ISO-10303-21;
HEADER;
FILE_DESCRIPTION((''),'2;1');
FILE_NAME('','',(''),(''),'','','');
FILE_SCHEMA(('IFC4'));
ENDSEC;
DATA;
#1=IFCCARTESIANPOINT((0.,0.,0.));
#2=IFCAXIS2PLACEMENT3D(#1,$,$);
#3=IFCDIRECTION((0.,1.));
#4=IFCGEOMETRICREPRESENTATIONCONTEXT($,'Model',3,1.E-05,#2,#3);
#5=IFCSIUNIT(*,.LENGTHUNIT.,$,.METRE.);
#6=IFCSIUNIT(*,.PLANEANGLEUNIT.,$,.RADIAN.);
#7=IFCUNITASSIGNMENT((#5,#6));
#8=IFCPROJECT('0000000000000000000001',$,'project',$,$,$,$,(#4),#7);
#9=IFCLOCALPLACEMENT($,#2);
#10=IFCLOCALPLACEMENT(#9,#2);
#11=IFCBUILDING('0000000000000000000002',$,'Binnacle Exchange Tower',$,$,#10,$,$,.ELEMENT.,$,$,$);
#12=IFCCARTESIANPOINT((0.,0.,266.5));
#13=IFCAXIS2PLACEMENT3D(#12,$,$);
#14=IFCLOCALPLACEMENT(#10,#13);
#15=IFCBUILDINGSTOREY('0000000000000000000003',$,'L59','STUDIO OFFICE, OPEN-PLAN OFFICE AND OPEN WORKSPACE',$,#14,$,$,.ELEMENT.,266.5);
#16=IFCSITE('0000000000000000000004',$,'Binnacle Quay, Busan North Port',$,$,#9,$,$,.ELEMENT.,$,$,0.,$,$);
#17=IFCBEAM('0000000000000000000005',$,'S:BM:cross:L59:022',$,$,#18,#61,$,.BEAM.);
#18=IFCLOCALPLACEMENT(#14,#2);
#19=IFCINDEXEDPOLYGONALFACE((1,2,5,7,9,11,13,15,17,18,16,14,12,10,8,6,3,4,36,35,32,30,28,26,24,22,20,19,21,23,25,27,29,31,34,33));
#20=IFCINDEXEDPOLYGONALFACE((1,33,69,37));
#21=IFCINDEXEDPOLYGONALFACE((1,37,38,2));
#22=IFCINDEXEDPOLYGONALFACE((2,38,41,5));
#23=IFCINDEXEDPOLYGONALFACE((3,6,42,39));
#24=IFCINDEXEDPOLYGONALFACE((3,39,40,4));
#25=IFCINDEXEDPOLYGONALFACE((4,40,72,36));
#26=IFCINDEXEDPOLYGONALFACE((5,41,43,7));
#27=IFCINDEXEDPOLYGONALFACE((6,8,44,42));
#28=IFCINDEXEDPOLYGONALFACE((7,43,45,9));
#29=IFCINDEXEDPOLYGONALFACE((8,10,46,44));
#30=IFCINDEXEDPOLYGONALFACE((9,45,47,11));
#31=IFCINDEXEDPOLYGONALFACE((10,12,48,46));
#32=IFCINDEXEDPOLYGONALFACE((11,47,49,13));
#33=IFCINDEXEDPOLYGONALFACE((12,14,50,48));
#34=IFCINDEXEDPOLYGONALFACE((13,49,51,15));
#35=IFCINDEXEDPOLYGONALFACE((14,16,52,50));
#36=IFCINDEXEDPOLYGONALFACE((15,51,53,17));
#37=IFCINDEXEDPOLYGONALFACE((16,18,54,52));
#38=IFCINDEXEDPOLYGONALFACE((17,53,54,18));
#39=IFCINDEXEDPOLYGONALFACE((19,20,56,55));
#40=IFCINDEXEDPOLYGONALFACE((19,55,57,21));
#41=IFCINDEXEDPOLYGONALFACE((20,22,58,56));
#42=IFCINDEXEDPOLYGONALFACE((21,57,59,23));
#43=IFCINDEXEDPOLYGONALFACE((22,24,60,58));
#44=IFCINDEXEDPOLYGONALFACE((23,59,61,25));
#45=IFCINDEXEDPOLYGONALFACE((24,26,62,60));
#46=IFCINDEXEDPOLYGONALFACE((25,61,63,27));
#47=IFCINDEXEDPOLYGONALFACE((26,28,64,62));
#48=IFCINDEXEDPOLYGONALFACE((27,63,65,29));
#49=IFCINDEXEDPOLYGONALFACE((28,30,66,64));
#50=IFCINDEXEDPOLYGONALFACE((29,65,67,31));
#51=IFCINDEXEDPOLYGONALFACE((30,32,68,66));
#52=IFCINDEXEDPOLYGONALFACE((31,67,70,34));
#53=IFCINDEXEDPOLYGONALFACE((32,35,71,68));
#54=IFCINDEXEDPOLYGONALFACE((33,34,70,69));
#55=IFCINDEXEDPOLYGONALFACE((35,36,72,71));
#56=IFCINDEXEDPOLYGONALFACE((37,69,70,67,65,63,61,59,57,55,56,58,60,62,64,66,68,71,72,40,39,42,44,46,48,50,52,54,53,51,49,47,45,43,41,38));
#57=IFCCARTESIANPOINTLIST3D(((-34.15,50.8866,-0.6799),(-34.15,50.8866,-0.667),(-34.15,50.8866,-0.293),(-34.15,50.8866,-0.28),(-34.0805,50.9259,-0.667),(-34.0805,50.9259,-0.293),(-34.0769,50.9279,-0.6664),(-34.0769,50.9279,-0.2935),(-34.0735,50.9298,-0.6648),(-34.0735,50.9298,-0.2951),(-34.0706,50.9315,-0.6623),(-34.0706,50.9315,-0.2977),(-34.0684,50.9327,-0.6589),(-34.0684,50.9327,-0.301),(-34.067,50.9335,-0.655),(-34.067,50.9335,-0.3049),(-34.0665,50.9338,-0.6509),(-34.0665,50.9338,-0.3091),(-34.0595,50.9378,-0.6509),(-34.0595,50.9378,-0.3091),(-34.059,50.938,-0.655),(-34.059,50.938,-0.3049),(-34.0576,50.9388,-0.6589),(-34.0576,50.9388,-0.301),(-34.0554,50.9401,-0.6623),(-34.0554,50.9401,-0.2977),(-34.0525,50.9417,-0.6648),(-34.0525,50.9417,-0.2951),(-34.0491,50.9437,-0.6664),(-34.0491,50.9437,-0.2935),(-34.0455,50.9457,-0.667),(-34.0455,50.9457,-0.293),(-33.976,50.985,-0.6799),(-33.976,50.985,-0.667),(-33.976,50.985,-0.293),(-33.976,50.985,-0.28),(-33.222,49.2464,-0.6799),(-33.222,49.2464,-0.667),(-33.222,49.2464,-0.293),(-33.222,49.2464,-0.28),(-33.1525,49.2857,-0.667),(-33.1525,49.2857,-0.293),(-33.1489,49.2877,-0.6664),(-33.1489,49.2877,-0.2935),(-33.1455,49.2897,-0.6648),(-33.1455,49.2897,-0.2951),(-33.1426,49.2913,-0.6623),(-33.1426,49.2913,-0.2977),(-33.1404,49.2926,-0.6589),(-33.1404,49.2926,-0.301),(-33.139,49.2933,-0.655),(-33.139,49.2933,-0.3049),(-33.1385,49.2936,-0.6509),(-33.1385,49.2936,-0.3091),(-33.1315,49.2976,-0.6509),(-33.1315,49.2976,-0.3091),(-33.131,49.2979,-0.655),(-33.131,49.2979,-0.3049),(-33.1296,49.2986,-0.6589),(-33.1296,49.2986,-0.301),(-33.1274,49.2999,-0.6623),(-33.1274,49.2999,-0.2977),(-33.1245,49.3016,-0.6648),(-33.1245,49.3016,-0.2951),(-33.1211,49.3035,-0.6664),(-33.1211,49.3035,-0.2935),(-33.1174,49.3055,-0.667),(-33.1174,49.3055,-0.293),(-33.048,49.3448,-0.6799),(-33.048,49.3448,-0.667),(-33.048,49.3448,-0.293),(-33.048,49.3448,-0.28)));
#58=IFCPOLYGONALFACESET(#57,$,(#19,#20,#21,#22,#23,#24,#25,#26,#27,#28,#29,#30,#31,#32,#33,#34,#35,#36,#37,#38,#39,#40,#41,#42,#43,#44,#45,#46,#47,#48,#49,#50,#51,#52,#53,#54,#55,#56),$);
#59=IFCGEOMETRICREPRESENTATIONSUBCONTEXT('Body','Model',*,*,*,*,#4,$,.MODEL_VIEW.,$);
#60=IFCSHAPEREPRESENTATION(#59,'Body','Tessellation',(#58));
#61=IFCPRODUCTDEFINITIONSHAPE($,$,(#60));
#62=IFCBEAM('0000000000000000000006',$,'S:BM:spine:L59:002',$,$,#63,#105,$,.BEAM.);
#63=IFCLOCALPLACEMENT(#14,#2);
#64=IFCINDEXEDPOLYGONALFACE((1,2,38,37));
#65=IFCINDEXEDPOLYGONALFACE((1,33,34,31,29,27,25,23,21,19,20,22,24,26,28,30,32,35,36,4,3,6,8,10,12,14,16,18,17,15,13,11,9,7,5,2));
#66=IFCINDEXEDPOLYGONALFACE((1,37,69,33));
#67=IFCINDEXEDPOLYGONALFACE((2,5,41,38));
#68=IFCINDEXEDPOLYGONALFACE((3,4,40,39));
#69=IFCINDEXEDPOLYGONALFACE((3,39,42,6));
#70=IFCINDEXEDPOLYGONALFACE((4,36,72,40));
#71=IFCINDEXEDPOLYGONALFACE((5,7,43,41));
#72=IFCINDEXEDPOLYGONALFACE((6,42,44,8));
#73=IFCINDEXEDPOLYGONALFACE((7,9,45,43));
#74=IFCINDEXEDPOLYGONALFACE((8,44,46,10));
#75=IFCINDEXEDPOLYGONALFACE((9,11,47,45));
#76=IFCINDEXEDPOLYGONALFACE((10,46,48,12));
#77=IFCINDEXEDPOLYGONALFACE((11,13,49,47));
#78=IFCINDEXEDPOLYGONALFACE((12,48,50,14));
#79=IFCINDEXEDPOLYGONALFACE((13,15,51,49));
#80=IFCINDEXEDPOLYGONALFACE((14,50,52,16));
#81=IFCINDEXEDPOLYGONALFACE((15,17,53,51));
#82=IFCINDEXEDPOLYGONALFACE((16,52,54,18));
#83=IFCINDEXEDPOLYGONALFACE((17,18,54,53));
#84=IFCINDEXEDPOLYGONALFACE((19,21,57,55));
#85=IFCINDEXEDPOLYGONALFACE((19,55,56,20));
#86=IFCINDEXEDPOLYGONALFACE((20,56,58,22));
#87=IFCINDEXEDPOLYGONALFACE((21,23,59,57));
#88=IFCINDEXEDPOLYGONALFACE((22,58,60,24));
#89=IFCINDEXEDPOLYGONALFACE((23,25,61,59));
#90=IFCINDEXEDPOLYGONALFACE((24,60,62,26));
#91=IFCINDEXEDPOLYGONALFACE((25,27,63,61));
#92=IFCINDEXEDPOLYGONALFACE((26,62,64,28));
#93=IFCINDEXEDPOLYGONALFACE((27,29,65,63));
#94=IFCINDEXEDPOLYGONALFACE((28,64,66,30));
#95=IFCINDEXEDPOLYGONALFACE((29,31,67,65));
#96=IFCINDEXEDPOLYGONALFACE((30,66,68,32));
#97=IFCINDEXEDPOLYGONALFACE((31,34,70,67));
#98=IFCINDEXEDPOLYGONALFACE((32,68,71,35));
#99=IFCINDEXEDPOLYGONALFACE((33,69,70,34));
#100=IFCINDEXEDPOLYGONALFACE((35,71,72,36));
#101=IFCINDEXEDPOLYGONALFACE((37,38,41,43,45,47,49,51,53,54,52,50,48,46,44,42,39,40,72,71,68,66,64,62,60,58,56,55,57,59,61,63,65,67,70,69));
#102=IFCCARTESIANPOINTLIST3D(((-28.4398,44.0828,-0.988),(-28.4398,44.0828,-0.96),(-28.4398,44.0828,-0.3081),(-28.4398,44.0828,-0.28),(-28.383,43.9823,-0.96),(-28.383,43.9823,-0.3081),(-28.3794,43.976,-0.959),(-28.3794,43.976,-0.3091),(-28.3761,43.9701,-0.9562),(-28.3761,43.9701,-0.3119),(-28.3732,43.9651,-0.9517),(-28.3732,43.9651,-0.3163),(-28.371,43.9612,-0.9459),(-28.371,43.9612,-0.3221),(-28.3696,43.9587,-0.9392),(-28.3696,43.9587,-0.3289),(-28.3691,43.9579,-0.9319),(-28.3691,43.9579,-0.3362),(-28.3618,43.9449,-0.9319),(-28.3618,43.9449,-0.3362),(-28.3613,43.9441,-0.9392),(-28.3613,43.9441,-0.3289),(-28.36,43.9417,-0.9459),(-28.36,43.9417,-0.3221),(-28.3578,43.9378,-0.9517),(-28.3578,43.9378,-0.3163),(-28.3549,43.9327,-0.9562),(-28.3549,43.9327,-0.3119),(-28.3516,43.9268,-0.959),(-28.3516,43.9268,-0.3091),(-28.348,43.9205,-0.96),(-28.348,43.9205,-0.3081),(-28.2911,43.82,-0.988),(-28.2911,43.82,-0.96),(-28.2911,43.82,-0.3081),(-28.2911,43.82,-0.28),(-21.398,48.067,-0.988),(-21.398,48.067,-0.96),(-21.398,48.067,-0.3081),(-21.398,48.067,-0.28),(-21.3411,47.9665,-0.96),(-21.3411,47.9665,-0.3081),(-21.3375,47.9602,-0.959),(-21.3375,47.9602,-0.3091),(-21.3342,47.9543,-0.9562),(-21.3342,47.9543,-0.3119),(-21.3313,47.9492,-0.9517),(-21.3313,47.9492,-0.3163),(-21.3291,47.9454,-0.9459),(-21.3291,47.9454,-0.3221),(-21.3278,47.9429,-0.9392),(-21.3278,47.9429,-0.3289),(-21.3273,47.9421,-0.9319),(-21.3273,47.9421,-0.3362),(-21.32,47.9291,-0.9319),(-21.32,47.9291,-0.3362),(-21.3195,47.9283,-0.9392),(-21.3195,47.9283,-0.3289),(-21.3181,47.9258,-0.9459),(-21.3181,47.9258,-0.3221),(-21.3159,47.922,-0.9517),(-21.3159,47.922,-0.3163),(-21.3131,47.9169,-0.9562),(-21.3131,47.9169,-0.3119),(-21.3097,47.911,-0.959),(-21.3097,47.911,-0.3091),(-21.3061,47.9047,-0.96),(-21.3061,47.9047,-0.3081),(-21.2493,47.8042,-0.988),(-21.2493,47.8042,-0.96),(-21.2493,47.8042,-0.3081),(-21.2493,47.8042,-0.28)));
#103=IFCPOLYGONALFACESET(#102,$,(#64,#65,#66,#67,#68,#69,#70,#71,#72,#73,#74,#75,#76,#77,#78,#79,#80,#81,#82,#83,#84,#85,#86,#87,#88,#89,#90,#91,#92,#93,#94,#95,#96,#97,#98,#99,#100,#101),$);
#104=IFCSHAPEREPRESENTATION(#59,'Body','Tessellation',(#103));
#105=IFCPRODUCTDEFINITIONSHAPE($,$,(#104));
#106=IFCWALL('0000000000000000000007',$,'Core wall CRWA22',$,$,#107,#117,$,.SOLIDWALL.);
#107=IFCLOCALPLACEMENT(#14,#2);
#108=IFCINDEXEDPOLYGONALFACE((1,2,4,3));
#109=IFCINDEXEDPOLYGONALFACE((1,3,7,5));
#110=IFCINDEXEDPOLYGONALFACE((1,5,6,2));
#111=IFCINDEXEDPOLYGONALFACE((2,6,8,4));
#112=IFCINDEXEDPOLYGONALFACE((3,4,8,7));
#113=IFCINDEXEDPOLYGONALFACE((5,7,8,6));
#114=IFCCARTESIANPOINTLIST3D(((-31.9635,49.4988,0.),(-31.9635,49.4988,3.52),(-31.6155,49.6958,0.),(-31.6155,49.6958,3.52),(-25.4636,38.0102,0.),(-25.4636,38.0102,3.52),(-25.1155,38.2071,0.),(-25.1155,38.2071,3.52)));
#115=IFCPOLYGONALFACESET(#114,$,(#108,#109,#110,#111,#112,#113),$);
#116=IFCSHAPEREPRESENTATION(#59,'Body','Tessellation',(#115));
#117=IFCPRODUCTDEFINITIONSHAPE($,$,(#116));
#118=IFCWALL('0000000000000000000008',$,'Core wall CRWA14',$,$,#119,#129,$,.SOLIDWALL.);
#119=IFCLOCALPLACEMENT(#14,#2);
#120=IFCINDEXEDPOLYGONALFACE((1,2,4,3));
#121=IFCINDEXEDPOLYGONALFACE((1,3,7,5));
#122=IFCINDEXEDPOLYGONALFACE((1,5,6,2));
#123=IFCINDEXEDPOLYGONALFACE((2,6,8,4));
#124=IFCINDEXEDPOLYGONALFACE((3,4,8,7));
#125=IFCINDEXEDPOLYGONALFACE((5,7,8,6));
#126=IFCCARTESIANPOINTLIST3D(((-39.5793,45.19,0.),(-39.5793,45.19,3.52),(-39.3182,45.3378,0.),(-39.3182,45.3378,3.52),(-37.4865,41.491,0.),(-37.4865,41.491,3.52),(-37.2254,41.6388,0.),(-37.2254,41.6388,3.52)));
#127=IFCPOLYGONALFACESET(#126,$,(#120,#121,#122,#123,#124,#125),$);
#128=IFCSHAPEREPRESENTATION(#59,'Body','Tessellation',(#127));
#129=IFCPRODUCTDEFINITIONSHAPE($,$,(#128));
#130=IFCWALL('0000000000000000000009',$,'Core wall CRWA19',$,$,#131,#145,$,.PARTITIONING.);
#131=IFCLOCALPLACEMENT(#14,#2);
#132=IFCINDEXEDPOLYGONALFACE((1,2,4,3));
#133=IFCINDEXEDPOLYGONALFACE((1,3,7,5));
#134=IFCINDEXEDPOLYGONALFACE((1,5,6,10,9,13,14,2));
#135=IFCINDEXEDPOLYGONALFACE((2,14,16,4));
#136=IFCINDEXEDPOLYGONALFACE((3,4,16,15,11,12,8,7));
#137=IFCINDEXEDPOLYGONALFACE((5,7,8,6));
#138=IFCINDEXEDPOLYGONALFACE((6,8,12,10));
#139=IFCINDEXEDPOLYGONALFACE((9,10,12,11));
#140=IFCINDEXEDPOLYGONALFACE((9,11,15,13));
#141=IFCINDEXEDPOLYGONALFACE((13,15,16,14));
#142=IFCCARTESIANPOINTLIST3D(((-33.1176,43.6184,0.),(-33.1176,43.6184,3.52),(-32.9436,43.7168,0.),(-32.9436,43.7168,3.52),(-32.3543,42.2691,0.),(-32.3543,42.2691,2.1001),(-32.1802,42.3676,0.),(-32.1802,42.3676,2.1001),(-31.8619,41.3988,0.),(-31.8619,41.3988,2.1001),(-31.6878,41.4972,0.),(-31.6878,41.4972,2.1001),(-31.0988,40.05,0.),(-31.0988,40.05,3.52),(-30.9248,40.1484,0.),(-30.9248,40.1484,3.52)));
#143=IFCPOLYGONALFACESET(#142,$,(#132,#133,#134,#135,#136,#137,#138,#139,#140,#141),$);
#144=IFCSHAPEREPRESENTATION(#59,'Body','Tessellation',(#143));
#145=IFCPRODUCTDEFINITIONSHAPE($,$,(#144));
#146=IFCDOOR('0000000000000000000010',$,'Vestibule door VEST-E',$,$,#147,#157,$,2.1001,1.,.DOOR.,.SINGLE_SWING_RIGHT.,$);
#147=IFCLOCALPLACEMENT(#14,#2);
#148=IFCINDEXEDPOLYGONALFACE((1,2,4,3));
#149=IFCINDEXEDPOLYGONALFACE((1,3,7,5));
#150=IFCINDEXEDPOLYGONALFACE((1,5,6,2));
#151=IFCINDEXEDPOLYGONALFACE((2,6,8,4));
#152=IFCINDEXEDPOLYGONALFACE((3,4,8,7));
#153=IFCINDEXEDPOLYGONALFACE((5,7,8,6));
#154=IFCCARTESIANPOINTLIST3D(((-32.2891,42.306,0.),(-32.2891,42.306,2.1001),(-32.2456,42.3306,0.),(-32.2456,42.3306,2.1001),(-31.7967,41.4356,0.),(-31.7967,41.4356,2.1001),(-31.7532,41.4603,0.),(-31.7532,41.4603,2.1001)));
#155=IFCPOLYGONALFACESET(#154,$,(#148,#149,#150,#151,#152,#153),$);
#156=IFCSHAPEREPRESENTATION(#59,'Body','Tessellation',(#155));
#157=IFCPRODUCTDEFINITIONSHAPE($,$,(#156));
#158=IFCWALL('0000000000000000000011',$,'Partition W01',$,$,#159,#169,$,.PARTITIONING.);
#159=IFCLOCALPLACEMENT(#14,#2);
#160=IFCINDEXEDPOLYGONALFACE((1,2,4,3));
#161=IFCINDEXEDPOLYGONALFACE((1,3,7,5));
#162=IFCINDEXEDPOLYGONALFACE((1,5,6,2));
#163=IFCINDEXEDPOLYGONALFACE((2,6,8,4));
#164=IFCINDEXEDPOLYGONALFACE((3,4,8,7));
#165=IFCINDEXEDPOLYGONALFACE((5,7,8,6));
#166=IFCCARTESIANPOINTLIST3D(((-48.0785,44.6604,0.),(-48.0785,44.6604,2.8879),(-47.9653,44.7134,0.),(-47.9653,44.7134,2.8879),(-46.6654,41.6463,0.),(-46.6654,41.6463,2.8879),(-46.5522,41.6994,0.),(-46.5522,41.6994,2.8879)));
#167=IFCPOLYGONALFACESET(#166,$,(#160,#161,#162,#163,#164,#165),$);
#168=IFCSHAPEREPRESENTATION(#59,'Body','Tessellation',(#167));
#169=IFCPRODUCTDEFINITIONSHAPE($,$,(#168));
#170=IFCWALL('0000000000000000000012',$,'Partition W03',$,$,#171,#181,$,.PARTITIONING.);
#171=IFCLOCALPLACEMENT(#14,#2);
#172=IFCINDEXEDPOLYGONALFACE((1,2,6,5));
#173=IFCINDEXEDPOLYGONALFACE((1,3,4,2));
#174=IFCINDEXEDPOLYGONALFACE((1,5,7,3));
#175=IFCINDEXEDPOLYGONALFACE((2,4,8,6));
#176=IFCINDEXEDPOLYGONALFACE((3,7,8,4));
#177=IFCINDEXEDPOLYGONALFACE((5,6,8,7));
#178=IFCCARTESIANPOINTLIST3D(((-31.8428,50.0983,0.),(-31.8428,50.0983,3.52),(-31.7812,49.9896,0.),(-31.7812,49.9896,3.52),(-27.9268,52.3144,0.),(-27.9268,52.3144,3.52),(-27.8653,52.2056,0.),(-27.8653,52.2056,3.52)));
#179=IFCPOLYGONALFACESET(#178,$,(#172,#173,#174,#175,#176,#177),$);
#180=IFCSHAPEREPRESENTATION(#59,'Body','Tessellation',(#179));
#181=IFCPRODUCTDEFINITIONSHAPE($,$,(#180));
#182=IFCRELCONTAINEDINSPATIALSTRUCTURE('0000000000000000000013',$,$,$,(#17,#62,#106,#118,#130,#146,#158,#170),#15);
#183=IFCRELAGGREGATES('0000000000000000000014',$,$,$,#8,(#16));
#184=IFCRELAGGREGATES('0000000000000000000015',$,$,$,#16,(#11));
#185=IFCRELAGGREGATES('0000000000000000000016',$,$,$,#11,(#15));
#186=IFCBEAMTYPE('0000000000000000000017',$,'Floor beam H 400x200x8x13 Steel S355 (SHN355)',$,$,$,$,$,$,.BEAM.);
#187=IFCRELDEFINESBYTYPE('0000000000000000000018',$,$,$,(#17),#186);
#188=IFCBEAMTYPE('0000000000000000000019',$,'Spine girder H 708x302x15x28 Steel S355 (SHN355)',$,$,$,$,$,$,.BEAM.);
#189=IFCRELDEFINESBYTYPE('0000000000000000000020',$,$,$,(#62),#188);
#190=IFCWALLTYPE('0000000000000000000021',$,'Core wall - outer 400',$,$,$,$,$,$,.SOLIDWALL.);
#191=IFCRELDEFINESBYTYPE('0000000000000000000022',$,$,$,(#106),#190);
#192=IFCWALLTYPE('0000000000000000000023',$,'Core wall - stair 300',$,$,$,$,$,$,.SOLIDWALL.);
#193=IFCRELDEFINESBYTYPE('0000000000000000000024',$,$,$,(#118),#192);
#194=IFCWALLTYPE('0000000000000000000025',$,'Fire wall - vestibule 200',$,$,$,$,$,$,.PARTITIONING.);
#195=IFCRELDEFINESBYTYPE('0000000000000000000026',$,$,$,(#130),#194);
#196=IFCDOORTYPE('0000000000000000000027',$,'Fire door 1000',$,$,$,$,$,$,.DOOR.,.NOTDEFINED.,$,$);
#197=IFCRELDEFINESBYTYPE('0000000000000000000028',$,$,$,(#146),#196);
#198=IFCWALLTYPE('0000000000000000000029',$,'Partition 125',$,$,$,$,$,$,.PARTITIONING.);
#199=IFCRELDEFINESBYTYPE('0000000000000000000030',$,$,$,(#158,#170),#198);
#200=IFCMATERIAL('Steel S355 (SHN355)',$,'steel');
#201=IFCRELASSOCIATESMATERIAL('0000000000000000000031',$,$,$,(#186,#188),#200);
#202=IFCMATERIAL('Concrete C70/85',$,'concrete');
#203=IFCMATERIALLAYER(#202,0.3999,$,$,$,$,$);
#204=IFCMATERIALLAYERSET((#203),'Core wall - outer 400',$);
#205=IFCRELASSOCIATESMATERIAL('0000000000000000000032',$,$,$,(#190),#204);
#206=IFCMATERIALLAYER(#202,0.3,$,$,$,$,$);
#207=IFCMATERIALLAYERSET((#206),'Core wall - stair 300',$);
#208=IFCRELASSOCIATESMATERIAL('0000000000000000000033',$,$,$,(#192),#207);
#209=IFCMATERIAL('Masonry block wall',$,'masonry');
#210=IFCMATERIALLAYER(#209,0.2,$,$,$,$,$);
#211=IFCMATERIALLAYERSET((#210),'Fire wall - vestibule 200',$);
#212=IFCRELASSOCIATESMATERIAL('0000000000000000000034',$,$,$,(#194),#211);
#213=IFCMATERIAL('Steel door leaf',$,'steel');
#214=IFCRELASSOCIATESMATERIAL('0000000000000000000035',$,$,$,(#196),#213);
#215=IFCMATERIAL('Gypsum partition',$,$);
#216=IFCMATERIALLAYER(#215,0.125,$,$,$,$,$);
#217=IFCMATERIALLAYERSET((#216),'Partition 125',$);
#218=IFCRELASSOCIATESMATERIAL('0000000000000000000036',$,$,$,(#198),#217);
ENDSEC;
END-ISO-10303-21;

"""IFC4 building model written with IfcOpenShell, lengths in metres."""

from ifc_helpers import new_model, si_unit, direction, frame, frame_2d, origin, origin_2d, place, context, subcontext, project, spatial, rectangle, i_section, extrude, material, layer, layer_set, material_profile, profile_set, type_object, element, fill, save


model = new_model("IFC4")

# Units and contexts
model_context = context("Model", 3, precision=1e-05, world=origin(), true_north=direction((0.0, 1.0)))
body_context = subcontext(model_context, "Body", "Model", "MODEL_VIEW")
ifc_project = project(units=[si_unit("LENGTHUNIT", "METRE"), si_unit("PLANEANGLEUNIT", "RADIAN")], contexts=[model_context])

# Site, building, storey
site_placement = place(None, origin())
site = spatial("IfcSite", under=ifc_project, at=site_placement, Name="Binnacle Quay, Busan North Port", CompositionType="ELEMENT", RefElevation=0.0)
building_placement = place(site_placement, origin())
building = spatial("IfcBuilding", under=site, at=building_placement, Name="Binnacle Exchange Tower", CompositionType="ELEMENT")
storey_placement = place(building_placement, frame((0.0, 0.0, 266.5)))
storey = spatial("IfcBuildingStorey", under=building, at=storey_placement, Name="L59", Description="STUDIO OFFICE, OPEN-PLAN OFFICE AND OPEN WORKSPACE", CompositionType="ELEMENT", Elevation=266.5)

# Beams
ifc_material_1 = material(Name="Steel S355 (SHN355)", Category="steel")
ifc_material_profile_1 = material_profile(ifc_material_1, i_section(OverallWidth=0.2, OverallDepth=0.3999, WebThickness=0.0081, FlangeThickness=0.0129, FilletRadius=0.0161, at=origin_2d()), Name="H 400x200x8x13")
ifc_profile_set_1 = profile_set([ifc_material_profile_1], Name="Steel S355 (SHN355)")
beam_type_1 = type_object("IfcBeamType", Name="Floor beam H 400x200x8x13 Steel S355 (SHN355)", PredefinedType="BEAM", material=ifc_profile_set_1)
beam_1_placement = place(storey_placement, frame((-34.063, 50.9358, -0.48), z_axis=(0.492437, -0.870348, 0.0), x_axis=(0.870348, 0.492437, 0.0)))
element("IfcBeam", 1, at=beam_1_placement, inside=storey, type_object=beam_type_1, Name="S:BM:cross:L59:022", PredefinedType="BEAM", context=body_context, shape_type="SweptSolid", body=[
    extrude(i_section(OverallWidth=0.2, OverallDepth=0.3999, WebThickness=0.0081, FlangeThickness=0.0129, FilletRadius=0.0161, at=origin_2d()), origin(), (0.0, 0.0, 1.0), 1.8845),
])
ifc_material_profile_2 = material_profile(ifc_material_1, i_section(OverallWidth=0.302, OverallDepth=0.708, WebThickness=0.0149, FlangeThickness=0.0281, FilletRadius=0.0281, at=origin_2d()), Name="H 708x302x15x28")
ifc_profile_set_2 = profile_set([ifc_material_profile_2], Name="Steel S355 (SHN355)")
beam_type_2 = type_object("IfcBeamType", Name="Spine girder H 708x302x15x28 Steel S355 (SHN355)", PredefinedType="BEAM", material=ifc_profile_set_2)
beam_2_placement = place(storey_placement, frame((-28.3655, 43.9514, -0.634), z_axis=(0.87035, 0.492433, 0.0), x_axis=(-0.492433, 0.87035, 0.0)))
element("IfcBeam", 2, at=beam_2_placement, inside=storey, type_object=beam_type_2, Name="S:BM:spine:L59:002", PredefinedType="BEAM", context=body_context, shape_type="SweptSolid", body=[
    extrude(i_section(OverallWidth=0.302, OverallDepth=0.708, WebThickness=0.0149, FlangeThickness=0.0281, FilletRadius=0.0281, at=origin_2d()), origin(), (0.0, 0.0, 1.0), 8.0908),
])

# Walls
ifc_material_2 = material(Name="Concrete C70/85", Category="concrete")
ifc_layer_1 = layer(ifc_material_2, 0.3999)
ifc_layer_set_1 = layer_set([ifc_layer_1], Name="Core wall - outer 400")
wall_type_1 = type_object("IfcWallType", Name="Core wall - outer 400", PredefinedType="SOLIDWALL", material=ifc_layer_set_1)
wall_1_placement = place(storey_placement, frame((-31.7896, 49.5974, 0.0), z_axis=(0.0, 0.0, 1.0), x_axis=(0.492422, -0.870357, 0.0)))
element("IfcWall", 3, at=wall_1_placement, inside=storey, type_object=wall_type_1, Name="Core wall CRWA22", PredefinedType="SOLIDWALL", context=body_context, shape_type="SweptSolid", body=[
    extrude(rectangle(XDim=13.2, YDim=0.3999, at=frame_2d((6.6001, 0.0))), origin(), (0.0, 0.0, 1.0), 3.52),
])
ifc_layer_2 = layer(ifc_material_2, 0.3)
ifc_layer_set_2 = layer_set([ifc_layer_2], Name="Core wall - stair 300")
wall_type_2 = type_object("IfcWallType", Name="Core wall - stair 300", PredefinedType="SOLIDWALL", material=ifc_layer_set_2)
wall_2_placement = place(storey_placement, frame((-39.4487, 45.2639, 0.0), z_axis=(0.0, 0.0, 1.0), x_axis=(0.492423, -0.870356, 0.0)))
element("IfcWall", 4, at=wall_2_placement, inside=storey, type_object=wall_type_2, Name="Core wall CRWA14", PredefinedType="SOLIDWALL", context=body_context, shape_type="SweptSolid", body=[
    extrude(rectangle(XDim=4.25, YDim=0.3, at=frame_2d((2.125, 0.0))), origin(), (0.0, 0.0, 1.0), 3.52),
])

# Wall, opening, door
ifc_material_3 = material(Name="Masonry block wall", Category="masonry")
ifc_layer_3 = layer(ifc_material_3, 0.2)
ifc_layer_set_3 = layer_set([ifc_layer_3], Name="Fire wall - vestibule 200")
wall_type_3 = type_object("IfcWallType", Name="Fire wall - vestibule 200", PredefinedType="PARTITIONING", material=ifc_layer_set_3)
wall_3_placement = place(storey_placement, frame((-33.0305, 43.6675, 0.0), z_axis=(0.0, 0.0, 1.0), x_axis=(0.492408, -0.870364, 0.0)))
wall_3 = element("IfcWall", 5, at=wall_3_placement, inside=storey, type_object=wall_type_3, Name="Core wall CRWA19", PredefinedType="PARTITIONING", context=body_context, shape_type="SweptSolid", body=[
    extrude(rectangle(XDim=4.0999, YDim=0.2, at=frame_2d((2.0498, 0.0))), origin(), (0.0, 0.0, 1.0), 3.52),
])
opening_1_placement = place(wall_3_placement, frame((1.55, 0.0, 0.0)))
opening_1 = element("IfcOpeningElement", 6, at=opening_1_placement, cuts=wall_3, PredefinedType="OPENING", context=body_context, shape_type="SweptSolid", body=[
    extrude(rectangle(XDim=1.0, YDim=2.1001, at=frame_2d((0.5, 1.05))), frame((0.0, 0.1099, 0.0), z_axis=(0.0, -1.0, 0.0), x_axis=(1.0, 0.0, 0.0)), (0.0, 0.0, 1.0), 0.22),
])
ifc_material_4 = material(Name="Steel door leaf", Category="steel")
door_type_1 = type_object("IfcDoorType", Name="Fire door 1000", OperationType="NOTDEFINED", PredefinedType="DOOR", material=ifc_material_4)
door_1_placement = place(opening_1_placement, origin())
door_1 = element("IfcDoor", 7, at=door_1_placement, inside=storey, type_object=door_type_1, Name="Vestibule door VEST-E", OperationType="SINGLE_SWING_RIGHT", OverallHeight=2.1001, OverallWidth=1.0, PredefinedType="DOOR", context=body_context, shape_type="SweptSolid", body=[
    extrude(rectangle(XDim=1.0, YDim=2.1001, at=frame_2d((0.5, 1.05))), frame((0.0, 0.0249, 0.0), z_axis=(0.0, -1.0, 0.0), x_axis=(1.0, 0.0, 0.0)), (0.0, 0.0, 1.0), 0.05),
])
fill(opening_1, door_1)

# Walls
ifc_material_5 = material(Name="Gypsum partition")
ifc_layer_4 = layer(ifc_material_5, 0.125)
ifc_layer_set_4 = layer_set([ifc_layer_4], Name="Partition 125")
wall_type_4 = type_object("IfcWallType", Name="Partition 125", PredefinedType="PARTITIONING", material=ifc_layer_set_4)
wall_4_placement = place(storey_placement, frame((-48.022, 44.687, 0.0), z_axis=(0.0, 0.0, 1.0), x_axis=(0.424511, -0.905423, 0.0)))
element("IfcWall", 8, at=wall_4_placement, inside=storey, type_object=wall_type_4, Name="Partition W01", PredefinedType="PARTITIONING", context=body_context, shape_type="SweptSolid", body=[
    extrude(rectangle(XDim=3.3289, YDim=0.125, at=frame_2d((1.6646, 0.0))), origin(), (0.0, 0.0, 1.0), 2.8879),
])
wall_5_placement = place(storey_placement, frame((-31.812, 50.0439, 0.0), z_axis=(0.0, 0.0, 1.0), x_axis=(0.870309, 0.492506, 0.0)))
element("IfcWall", 9, at=wall_5_placement, inside=storey, type_object=wall_type_4, Name="Partition W03", PredefinedType="PARTITIONING", context=body_context, shape_type="SweptSolid", body=[
    extrude(rectangle(XDim=4.4995, YDim=0.125, at=frame_2d((2.2498, 0.0))), origin(), (0.0, 0.0, 1.0), 3.52),
])

save(model, "model.ifc")
